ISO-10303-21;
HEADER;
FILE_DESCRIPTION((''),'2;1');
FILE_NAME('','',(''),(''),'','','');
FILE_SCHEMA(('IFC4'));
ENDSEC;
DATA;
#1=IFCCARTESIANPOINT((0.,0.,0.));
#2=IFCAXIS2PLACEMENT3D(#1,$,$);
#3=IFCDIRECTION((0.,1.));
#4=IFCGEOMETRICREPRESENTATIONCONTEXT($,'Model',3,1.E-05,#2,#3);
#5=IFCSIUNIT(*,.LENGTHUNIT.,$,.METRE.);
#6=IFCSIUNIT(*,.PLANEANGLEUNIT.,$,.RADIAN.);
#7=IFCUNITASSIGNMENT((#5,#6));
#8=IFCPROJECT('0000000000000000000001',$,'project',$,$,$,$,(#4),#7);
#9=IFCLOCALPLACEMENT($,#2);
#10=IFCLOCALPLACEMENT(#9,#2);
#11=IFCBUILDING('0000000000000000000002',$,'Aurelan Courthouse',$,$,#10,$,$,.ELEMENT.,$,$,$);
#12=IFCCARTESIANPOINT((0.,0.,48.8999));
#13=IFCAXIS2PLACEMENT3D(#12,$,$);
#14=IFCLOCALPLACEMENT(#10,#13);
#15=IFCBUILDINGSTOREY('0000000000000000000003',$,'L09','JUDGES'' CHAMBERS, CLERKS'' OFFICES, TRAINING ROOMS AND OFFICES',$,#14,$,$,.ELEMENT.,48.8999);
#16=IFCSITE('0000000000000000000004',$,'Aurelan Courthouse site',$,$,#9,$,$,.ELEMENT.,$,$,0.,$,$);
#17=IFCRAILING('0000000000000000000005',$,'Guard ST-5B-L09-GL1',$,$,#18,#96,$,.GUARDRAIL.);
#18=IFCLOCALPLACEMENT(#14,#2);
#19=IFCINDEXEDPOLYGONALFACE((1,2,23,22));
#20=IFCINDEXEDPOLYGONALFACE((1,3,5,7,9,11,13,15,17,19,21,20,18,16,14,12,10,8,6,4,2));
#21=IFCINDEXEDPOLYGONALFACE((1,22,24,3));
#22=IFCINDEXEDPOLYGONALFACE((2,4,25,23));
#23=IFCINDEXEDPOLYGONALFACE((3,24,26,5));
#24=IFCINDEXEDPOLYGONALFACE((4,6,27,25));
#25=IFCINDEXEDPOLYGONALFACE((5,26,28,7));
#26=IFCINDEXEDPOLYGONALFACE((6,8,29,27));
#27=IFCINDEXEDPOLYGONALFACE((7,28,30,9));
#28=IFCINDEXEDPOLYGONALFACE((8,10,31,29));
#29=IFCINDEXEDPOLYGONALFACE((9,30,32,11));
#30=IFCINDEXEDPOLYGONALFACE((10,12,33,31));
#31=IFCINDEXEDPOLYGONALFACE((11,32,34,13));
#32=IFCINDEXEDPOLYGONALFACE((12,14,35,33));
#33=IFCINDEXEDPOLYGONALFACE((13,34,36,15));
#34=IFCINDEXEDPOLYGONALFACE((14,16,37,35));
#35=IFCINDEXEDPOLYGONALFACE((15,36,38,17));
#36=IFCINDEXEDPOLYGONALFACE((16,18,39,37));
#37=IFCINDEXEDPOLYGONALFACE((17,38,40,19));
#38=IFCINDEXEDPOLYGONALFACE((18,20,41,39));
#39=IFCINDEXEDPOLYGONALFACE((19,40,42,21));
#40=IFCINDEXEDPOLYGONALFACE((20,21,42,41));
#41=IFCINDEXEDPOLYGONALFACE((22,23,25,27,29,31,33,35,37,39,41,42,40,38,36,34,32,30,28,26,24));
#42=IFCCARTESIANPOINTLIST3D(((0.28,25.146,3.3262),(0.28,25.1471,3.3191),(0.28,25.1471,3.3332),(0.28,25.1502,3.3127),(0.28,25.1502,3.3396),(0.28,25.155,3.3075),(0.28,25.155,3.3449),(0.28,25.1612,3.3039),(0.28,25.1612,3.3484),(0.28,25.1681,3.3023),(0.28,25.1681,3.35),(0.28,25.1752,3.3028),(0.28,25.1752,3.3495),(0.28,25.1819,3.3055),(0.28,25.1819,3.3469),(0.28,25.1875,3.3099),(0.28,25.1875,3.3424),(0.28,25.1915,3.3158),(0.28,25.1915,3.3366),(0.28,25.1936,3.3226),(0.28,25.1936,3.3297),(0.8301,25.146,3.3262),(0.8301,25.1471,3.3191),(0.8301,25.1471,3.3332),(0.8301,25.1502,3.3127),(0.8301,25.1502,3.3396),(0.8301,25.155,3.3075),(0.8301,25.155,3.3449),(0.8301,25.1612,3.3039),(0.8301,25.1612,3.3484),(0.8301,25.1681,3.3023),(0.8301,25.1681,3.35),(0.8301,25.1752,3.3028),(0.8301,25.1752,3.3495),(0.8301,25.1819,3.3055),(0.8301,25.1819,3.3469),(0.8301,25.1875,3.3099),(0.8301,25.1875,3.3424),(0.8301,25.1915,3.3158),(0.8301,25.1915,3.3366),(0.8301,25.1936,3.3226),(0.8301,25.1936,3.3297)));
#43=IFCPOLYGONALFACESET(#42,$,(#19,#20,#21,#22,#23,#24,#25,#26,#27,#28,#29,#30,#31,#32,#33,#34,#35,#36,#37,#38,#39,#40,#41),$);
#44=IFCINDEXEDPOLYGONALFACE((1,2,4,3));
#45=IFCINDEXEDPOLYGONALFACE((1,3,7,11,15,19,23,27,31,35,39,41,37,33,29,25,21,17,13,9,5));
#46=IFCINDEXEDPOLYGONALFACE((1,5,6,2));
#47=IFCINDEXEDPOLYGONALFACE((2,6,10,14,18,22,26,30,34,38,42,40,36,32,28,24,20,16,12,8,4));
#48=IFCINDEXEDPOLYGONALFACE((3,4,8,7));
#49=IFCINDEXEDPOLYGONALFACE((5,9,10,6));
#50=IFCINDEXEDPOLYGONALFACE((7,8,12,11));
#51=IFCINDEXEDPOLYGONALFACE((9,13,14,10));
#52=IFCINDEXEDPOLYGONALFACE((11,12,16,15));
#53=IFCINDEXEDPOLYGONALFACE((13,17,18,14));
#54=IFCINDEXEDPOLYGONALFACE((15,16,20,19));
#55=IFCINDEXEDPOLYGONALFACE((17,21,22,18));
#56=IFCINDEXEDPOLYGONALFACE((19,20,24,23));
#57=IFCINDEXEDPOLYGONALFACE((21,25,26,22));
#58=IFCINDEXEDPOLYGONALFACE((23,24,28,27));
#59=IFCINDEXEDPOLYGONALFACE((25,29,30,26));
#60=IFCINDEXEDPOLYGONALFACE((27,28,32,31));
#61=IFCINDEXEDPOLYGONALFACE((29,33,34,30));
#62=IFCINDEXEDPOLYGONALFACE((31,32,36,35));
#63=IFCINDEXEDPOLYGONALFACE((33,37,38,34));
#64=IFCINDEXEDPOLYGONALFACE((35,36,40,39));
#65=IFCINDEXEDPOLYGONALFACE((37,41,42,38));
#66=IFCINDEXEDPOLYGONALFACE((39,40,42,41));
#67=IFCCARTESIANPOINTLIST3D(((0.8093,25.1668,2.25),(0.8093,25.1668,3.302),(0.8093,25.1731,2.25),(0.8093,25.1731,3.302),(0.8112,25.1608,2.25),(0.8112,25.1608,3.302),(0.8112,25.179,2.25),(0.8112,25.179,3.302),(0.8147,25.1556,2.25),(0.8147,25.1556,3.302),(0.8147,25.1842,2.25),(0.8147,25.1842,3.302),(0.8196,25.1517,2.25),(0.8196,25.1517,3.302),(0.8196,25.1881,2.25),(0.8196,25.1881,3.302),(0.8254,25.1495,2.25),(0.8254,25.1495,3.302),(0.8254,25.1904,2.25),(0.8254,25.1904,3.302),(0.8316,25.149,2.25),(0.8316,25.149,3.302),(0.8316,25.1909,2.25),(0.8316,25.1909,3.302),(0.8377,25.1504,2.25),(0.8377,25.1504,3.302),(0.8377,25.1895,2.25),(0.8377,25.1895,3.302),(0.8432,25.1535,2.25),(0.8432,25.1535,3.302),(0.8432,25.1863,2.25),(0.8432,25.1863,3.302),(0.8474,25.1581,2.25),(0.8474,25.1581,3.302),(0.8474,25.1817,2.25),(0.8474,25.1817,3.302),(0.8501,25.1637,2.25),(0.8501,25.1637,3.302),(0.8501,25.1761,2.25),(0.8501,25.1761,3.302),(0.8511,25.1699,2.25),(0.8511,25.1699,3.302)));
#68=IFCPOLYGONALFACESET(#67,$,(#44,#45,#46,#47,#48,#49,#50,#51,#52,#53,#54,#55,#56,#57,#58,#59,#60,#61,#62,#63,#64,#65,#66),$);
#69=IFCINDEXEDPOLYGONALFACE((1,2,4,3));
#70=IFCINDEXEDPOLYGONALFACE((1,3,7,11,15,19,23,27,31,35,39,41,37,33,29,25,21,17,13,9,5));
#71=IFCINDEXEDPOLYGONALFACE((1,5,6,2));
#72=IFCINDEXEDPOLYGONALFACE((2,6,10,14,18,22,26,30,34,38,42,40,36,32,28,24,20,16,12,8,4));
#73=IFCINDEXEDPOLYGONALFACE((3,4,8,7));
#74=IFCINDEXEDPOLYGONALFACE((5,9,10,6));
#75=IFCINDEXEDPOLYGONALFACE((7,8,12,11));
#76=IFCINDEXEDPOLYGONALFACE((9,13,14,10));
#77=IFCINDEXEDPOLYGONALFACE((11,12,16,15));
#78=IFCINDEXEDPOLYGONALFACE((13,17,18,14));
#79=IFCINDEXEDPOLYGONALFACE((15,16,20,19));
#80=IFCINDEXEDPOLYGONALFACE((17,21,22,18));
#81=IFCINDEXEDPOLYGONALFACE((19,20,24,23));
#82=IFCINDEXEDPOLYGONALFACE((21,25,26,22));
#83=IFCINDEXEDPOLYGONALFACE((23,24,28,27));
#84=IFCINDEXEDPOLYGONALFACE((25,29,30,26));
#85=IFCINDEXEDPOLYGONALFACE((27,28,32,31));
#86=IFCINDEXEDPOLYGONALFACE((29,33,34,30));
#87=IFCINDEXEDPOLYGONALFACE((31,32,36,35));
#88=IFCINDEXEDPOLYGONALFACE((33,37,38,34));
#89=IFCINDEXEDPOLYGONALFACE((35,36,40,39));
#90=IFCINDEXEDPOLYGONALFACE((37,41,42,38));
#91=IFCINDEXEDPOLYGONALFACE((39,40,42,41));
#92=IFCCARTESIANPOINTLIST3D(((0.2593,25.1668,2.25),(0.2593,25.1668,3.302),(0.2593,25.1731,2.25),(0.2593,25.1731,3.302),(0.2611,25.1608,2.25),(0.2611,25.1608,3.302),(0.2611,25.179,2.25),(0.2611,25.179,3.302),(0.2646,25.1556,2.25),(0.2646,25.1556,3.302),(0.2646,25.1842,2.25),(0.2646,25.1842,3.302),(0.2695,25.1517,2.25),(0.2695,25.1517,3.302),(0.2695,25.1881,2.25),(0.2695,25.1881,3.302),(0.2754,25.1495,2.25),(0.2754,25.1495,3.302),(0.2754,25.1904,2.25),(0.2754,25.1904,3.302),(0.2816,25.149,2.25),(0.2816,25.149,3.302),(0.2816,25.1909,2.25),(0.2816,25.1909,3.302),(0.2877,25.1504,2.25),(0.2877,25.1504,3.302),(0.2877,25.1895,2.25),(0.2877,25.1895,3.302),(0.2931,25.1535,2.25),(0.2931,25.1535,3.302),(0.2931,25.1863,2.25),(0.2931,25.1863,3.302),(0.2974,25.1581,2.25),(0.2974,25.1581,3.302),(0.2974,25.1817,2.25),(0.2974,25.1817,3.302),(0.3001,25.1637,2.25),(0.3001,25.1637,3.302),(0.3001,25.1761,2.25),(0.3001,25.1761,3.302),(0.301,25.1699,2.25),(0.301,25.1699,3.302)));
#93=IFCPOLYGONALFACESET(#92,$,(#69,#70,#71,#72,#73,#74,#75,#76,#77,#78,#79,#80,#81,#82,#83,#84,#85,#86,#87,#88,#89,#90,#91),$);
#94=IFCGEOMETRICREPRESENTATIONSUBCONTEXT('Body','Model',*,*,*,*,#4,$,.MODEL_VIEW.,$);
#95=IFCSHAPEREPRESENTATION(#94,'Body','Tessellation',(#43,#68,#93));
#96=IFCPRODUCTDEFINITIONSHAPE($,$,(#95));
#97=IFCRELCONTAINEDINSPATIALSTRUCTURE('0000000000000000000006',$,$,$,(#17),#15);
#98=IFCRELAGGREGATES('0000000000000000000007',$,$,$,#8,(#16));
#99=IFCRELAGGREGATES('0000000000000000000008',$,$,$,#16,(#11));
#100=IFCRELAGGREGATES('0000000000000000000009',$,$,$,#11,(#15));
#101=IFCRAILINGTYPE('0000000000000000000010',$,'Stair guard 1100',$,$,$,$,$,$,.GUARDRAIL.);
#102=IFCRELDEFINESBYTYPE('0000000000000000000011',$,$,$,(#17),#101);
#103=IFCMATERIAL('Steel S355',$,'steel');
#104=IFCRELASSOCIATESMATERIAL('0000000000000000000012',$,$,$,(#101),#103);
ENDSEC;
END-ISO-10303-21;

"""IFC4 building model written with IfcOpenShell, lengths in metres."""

from ifc_helpers import new_model, si_unit, direction, frame, origin, origin_2d, place, context, subcontext, project, spatial, circle, extrude, material, type_object, element, save


model = new_model("IFC4")

# Units and contexts
model_context = context("Model", 3, precision=1e-05, world=origin(), true_north=direction((0.0, 1.0)))
body_context = subcontext(model_context, "Body", "Model", "MODEL_VIEW")
ifc_project = project(units=[si_unit("LENGTHUNIT", "METRE"), si_unit("PLANEANGLEUNIT", "RADIAN")], contexts=[model_context])

# Site, building, storey
site_placement = place(None, origin())
site = spatial("IfcSite", under=ifc_project, at=site_placement, Name="Aurelan Courthouse site", CompositionType="ELEMENT", RefElevation=0.0)
building_placement = place(site_placement, origin())
building = spatial("IfcBuilding", under=site, at=building_placement, Name="Aurelan Courthouse", CompositionType="ELEMENT")
storey_placement = place(building_placement, frame((0.0, 0.0, 48.8999)))
storey = spatial("IfcBuildingStorey", under=building, at=storey_placement, Name="L09", Description="JUDGES' CHAMBERS, CLERKS' OFFICES, TRAINING ROOMS AND OFFICES", CompositionType="ELEMENT", Elevation=48.8999)

# Railing
ifc_material_1 = material(Name="Steel S355", Category="steel")
railing_type_1 = type_object("IfcRailingType", Name="Stair guard 1100", PredefinedType="GUARDRAIL", material=ifc_material_1)
railing_placement = place(storey_placement, frame((0.8301, 25.1699, 2.25)))
element("IfcRailing", 1, at=railing_placement, inside=storey, type_object=railing_type_1, Name="Guard ST-5B-L09-GL1", PredefinedType="GUARDRAIL", context=body_context, shape_type="SweptSolid", body=[
    extrude(circle(Radius=0.0239, at=origin_2d()), frame((0.0, 0.0, 1.0762), z_axis=(-1.0, 0.0, 0.0), x_axis=(0.0, -1.0, 0.0)), (0.0, 0.0, 1.0), 0.55),
    extrude(circle(Radius=0.021, at=origin_2d()), origin(), (0.0, 0.0, 1.0), 1.052),
    extrude(circle(Radius=0.021, at=origin_2d()), frame((-0.55, 0.0, 0.0)), (0.0, 0.0, 1.0), 1.052),
])

save(model, "model.ifc")
